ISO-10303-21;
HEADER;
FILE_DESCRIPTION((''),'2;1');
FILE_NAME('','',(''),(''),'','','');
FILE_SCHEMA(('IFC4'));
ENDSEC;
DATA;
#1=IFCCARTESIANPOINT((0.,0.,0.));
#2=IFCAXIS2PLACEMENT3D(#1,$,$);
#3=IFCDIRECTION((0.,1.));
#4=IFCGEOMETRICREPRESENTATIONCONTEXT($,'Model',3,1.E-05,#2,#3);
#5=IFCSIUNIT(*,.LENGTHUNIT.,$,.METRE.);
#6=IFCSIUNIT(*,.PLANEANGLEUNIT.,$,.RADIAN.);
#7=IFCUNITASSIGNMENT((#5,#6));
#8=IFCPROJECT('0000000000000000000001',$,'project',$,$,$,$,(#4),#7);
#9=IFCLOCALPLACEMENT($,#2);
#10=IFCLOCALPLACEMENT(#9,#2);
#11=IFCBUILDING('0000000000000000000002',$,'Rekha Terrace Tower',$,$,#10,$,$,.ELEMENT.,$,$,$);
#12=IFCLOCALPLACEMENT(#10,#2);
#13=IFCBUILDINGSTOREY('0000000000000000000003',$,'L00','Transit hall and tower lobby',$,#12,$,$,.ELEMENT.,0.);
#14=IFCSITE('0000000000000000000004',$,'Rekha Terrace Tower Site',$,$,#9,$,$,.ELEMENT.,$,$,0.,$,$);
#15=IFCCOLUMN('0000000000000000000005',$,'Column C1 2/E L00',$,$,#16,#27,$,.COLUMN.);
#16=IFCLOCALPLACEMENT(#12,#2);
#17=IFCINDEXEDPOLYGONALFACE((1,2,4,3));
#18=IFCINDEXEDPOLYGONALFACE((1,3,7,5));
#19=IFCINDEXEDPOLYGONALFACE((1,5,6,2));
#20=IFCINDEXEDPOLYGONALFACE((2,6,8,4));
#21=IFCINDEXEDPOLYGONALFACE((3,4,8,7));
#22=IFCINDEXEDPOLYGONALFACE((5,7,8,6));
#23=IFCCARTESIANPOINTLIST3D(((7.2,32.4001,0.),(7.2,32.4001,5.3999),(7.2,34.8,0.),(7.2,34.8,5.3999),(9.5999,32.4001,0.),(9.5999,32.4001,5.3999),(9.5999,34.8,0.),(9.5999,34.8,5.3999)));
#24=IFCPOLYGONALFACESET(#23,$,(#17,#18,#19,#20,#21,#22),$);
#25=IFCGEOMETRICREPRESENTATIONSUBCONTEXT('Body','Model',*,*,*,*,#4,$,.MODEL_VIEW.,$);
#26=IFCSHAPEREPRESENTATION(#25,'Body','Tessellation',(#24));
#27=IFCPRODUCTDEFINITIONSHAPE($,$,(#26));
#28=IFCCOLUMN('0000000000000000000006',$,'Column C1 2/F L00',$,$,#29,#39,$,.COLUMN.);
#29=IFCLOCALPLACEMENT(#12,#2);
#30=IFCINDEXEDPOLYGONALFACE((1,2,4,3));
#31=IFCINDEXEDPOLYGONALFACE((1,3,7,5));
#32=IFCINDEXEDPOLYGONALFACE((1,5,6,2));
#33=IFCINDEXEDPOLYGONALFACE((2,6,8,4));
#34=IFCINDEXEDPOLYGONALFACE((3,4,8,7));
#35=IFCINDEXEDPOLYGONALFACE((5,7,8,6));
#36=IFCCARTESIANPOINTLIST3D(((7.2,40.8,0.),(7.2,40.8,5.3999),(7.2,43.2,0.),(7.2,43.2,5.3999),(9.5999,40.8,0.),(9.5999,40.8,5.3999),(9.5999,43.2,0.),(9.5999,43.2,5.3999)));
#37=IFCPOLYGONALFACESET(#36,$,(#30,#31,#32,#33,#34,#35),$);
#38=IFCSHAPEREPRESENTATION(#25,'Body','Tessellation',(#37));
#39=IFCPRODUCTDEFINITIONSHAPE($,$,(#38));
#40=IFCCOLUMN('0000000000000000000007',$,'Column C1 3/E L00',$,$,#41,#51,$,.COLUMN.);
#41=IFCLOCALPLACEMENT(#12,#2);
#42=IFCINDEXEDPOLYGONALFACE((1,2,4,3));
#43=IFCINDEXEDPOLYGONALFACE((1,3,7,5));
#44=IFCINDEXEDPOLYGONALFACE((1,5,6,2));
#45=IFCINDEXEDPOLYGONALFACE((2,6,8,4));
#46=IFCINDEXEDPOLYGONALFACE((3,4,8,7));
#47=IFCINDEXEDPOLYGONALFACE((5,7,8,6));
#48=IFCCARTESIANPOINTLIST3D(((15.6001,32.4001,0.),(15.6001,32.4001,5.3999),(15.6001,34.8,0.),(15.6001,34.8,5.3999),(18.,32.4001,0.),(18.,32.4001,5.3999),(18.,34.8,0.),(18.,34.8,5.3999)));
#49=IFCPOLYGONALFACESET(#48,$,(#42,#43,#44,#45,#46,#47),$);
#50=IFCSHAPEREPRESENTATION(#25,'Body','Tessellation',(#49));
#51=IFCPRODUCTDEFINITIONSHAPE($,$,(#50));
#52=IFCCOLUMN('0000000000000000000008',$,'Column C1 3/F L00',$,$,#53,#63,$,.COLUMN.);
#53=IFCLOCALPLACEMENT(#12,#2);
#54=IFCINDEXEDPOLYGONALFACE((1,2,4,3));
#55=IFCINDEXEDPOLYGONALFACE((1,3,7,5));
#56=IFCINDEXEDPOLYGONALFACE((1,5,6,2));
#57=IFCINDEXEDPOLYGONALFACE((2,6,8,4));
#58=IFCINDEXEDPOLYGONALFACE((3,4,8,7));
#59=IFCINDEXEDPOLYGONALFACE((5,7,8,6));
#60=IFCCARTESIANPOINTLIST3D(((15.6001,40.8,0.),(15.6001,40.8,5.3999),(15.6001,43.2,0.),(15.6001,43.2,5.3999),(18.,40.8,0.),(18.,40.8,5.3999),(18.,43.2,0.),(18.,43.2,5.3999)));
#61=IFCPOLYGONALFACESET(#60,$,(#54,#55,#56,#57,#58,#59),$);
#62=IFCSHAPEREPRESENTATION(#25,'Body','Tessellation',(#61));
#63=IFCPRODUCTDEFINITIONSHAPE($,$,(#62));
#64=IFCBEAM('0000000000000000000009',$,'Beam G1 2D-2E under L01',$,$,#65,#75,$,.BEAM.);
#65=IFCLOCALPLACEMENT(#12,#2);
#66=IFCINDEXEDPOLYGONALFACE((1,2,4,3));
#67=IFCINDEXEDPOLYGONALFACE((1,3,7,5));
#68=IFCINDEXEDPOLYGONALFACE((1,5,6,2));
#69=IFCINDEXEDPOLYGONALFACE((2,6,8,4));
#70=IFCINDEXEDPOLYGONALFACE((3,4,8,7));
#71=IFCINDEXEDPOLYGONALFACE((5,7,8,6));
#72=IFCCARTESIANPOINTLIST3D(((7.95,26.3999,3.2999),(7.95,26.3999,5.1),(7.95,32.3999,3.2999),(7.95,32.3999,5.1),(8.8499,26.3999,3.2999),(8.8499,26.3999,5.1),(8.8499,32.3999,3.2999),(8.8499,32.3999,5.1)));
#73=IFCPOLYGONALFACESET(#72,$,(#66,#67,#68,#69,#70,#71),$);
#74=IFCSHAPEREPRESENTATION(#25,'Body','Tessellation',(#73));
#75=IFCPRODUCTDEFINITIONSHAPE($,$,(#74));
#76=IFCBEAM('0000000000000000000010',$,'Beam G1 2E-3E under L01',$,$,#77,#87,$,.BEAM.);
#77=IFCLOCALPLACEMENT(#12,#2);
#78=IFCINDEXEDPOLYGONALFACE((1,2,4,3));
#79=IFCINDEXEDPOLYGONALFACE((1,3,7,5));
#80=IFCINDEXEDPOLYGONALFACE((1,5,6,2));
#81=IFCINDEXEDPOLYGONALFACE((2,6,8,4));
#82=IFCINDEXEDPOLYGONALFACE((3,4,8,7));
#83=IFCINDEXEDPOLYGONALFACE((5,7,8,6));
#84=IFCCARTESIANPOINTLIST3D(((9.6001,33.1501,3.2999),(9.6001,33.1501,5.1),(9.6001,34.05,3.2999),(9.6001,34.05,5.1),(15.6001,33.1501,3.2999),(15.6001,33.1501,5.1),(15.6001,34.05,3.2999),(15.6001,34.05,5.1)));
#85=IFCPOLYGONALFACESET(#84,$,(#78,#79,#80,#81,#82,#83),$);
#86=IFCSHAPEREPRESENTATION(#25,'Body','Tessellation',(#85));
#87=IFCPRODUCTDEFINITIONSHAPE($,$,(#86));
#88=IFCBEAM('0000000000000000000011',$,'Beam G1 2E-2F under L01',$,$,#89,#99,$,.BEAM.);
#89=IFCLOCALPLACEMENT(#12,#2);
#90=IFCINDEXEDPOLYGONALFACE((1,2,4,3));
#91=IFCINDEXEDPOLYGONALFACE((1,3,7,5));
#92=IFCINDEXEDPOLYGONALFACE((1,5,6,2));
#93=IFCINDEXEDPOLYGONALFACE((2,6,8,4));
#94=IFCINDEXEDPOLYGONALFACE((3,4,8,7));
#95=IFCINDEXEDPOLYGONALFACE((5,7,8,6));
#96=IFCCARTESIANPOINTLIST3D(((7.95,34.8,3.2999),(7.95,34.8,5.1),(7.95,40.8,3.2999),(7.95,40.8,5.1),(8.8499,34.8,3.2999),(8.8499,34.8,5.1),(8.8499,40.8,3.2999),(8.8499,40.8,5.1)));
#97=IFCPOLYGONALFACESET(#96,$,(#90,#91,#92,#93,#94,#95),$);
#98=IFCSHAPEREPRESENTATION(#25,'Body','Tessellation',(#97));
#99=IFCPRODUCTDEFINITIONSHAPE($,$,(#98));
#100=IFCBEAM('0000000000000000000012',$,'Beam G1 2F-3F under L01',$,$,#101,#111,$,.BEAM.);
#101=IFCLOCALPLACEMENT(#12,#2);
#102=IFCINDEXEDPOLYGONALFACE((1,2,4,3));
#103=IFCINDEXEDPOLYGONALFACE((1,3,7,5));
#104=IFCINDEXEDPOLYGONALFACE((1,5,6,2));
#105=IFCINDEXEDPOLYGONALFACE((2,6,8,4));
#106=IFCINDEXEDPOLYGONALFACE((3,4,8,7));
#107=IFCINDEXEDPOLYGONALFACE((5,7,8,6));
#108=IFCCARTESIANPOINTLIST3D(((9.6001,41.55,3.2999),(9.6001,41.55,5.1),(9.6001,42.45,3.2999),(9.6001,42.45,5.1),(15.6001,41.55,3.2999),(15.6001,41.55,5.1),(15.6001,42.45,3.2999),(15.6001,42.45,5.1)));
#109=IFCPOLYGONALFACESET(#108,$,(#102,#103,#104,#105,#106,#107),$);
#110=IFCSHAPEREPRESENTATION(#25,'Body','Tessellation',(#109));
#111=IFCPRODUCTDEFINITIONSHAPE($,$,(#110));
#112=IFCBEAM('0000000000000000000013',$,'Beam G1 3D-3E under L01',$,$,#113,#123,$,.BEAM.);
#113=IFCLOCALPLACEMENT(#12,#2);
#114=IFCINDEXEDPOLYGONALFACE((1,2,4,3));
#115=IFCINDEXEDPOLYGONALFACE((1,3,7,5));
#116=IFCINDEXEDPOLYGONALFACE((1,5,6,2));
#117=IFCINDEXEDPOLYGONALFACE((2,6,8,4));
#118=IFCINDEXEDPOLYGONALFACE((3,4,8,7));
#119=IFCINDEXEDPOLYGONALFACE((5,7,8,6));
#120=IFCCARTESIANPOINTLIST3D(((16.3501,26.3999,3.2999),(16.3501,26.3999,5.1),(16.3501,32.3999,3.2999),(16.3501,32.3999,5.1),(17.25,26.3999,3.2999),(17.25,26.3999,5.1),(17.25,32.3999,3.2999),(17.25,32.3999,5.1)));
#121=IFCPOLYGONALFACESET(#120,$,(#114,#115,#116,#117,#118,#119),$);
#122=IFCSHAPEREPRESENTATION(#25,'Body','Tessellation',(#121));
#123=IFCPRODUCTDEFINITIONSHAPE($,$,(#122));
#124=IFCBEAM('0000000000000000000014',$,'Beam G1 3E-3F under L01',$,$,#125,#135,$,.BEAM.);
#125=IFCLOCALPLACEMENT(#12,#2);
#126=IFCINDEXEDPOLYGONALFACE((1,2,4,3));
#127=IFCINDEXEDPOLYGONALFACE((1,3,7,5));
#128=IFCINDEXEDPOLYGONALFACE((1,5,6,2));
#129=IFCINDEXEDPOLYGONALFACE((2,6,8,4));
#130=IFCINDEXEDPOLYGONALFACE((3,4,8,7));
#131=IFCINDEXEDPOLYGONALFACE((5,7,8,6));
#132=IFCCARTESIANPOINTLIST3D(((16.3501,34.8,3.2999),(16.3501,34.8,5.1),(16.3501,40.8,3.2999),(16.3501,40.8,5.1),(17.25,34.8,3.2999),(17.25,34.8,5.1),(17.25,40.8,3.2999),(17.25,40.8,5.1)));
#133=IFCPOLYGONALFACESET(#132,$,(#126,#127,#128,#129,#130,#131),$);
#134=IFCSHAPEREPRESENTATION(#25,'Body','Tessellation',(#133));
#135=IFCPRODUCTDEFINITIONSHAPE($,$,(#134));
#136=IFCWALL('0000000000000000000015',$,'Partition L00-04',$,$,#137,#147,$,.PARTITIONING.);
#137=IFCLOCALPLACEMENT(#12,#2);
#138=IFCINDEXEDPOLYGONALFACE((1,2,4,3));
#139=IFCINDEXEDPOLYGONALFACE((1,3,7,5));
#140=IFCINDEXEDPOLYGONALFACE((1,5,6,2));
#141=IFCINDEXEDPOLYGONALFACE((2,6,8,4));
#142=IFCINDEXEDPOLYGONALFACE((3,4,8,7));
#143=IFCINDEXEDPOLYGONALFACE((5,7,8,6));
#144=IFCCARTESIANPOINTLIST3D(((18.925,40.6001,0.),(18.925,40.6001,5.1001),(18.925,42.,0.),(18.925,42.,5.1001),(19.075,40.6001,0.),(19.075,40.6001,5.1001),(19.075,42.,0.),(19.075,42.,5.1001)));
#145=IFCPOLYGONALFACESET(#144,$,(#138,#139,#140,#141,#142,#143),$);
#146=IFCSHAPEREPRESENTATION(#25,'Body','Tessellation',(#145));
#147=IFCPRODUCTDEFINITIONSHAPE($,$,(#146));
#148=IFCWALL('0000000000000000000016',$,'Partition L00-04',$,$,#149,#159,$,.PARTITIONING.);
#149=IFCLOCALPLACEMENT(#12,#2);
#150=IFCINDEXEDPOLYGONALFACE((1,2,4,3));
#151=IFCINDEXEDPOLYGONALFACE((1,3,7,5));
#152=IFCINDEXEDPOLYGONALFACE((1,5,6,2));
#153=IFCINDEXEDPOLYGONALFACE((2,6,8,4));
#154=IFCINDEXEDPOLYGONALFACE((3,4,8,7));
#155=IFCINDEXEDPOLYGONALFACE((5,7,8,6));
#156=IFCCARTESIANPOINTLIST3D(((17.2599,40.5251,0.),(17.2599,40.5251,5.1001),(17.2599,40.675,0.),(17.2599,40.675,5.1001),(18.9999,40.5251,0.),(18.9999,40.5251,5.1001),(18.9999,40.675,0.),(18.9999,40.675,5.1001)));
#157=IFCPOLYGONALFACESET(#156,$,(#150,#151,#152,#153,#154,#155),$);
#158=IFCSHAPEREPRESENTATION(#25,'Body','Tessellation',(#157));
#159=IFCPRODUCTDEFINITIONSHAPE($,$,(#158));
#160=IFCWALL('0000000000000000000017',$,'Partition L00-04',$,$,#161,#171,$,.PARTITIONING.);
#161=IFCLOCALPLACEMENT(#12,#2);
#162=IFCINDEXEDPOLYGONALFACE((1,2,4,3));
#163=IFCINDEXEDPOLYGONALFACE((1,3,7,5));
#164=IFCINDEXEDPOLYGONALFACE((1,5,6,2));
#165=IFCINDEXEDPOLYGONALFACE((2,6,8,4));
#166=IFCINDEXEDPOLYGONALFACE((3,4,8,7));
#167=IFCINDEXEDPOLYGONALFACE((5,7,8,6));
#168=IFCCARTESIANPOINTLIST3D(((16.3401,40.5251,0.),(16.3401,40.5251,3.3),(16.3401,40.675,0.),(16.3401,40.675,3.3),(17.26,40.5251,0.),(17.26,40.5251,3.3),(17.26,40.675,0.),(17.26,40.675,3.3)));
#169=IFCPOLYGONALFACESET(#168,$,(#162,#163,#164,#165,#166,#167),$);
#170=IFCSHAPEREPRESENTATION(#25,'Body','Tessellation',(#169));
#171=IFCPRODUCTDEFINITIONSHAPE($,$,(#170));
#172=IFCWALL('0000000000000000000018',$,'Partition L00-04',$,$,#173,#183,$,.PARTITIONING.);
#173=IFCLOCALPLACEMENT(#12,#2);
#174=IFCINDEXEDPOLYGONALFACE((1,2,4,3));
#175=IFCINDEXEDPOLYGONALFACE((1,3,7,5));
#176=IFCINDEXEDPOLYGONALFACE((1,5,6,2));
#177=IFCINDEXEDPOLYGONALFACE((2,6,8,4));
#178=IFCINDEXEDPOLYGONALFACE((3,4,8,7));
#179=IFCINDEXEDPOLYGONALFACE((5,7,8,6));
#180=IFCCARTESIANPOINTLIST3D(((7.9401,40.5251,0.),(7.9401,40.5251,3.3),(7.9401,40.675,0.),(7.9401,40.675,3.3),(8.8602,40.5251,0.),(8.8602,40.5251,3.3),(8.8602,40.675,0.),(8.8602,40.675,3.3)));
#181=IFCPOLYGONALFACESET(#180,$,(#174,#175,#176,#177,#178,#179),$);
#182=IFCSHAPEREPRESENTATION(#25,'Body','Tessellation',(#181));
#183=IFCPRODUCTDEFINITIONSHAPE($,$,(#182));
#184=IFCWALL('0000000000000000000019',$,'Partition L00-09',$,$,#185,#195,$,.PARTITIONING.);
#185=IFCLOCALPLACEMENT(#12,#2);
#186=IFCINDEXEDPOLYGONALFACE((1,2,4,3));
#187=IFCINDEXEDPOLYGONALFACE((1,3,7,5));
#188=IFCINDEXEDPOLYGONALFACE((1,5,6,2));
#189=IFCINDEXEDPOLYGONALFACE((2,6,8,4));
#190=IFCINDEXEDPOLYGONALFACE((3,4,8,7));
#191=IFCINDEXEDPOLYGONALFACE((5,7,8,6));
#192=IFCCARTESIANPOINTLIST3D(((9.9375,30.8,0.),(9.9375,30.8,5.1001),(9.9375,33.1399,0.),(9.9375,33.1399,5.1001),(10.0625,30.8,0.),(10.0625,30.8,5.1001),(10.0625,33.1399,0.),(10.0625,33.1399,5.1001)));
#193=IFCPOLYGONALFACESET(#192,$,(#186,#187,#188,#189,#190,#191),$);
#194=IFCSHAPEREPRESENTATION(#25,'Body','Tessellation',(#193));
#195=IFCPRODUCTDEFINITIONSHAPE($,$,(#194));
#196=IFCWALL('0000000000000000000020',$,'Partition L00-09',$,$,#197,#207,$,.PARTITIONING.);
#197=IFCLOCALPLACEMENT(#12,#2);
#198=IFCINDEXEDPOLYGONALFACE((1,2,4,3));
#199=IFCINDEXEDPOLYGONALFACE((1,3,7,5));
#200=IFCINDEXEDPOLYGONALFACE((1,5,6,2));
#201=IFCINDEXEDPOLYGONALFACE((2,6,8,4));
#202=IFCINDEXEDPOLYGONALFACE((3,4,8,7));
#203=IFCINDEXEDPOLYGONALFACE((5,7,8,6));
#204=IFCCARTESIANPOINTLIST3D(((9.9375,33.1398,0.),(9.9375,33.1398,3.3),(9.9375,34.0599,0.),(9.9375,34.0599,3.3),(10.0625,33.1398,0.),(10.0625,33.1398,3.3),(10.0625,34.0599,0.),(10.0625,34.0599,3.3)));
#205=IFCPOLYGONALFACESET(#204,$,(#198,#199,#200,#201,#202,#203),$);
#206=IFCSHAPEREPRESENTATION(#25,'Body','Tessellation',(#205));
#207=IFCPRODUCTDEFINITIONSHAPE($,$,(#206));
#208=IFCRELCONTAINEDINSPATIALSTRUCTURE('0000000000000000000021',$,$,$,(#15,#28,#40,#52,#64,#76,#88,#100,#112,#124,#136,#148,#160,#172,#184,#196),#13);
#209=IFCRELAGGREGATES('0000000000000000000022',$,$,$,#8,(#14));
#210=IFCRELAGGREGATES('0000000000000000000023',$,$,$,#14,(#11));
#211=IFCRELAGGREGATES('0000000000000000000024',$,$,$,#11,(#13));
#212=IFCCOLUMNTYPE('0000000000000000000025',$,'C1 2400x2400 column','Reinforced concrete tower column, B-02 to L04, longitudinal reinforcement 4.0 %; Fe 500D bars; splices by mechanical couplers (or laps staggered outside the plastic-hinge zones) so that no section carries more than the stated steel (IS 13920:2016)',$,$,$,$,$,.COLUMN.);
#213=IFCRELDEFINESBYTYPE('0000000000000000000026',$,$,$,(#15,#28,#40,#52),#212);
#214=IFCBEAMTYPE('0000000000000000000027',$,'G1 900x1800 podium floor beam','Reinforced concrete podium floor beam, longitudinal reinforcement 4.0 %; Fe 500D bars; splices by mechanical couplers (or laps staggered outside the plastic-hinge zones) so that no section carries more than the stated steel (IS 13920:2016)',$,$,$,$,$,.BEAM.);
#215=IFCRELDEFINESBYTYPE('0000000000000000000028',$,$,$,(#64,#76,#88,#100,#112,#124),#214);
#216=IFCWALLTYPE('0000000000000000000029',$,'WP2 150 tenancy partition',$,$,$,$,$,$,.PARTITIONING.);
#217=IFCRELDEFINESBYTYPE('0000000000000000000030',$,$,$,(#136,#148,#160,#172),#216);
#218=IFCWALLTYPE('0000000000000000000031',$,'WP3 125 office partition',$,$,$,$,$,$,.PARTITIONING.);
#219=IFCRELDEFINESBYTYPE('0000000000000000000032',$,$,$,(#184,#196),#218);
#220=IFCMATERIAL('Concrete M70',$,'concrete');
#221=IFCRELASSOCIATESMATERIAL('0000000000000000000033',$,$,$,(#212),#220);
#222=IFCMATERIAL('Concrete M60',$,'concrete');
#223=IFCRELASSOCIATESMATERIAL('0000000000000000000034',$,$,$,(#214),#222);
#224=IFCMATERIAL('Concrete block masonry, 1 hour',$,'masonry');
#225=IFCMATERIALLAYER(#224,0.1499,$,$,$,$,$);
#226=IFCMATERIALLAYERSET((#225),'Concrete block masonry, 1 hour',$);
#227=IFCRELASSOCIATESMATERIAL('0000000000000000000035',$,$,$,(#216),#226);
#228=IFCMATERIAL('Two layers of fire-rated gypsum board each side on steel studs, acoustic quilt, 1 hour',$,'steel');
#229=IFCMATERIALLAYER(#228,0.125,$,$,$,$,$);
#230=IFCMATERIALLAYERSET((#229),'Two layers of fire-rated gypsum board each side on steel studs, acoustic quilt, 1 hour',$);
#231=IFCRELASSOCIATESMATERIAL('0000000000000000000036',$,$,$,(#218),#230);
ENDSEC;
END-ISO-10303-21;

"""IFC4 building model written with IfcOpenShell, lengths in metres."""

from ifc_helpers import new_model, si_unit, direction, frame, frame_2d, origin, origin_2d, place, context, subcontext, project, spatial, rectangle, extrude, material, layer, layer_set, material_profile, profile_set, type_object, element, save


model = new_model("IFC4")

# Units and contexts
model_context = context("Model", 3, precision=1e-05, world=origin(), true_north=direction((0.0, 1.0)))
body_context = subcontext(model_context, "Body", "Model", "MODEL_VIEW")
ifc_project = project(units=[si_unit("LENGTHUNIT", "METRE"), si_unit("PLANEANGLEUNIT", "RADIAN")], contexts=[model_context])

# Site, building, storey
site_placement = place(None, origin())
site = spatial("IfcSite", under=ifc_project, at=site_placement, Name="Rekha Terrace Tower Site", CompositionType="ELEMENT", RefElevation=0.0)
building_placement = place(site_placement, origin())
building = spatial("IfcBuilding", under=site, at=building_placement, Name="Rekha Terrace Tower", CompositionType="ELEMENT")
storey_placement = place(building_placement, origin())
storey = spatial("IfcBuildingStorey", under=building, at=storey_placement, Name="L00", Description="Transit hall and tower lobby", CompositionType="ELEMENT", Elevation=0.0)

# Columns
ifc_material_1 = material(Name="Concrete M70", Category="concrete")
ifc_material_profile_1 = material_profile(ifc_material_1, rectangle(XDim=2.3999, YDim=2.3999, at=origin_2d()), Name="RC 2400x2400")
ifc_profile_set_1 = profile_set([ifc_material_profile_1], Name="Concrete M70")
column_type = type_object("IfcColumnType", Name="C1 2400x2400 column", Description="Reinforced concrete tower column, B-02 to L04, longitudinal reinforcement 4.0 %; Fe 500D bars; splices by mechanical couplers (or laps staggered outside the plastic-hinge zones) so that no section carries more than the stated steel (IS 13920:2016)", PredefinedType="COLUMN", material=ifc_profile_set_1)
for number, where, z_axis, x_axis, name in (
    (1, (8.3999, 33.6001, 0.0), (0.0, 0.0, 1.0), (1.0, 0.0, 0.0), "Column C1 2/E L00"),
    (2, (8.3999, 42.0, 0.0), (0.0, 0.0, 1.0), (1.0, 0.0, 0.0), "Column C1 2/F L00"),
    (3, (16.8, 33.6001, 0.0), (0.0, 0.0, 1.0), (1.0, 0.0, 0.0), "Column C1 3/E L00"),
    (4, (16.8, 42.0, 0.0), (0.0, 0.0, 1.0), (1.0, 0.0, 0.0), "Column C1 3/F L00"),
):
    element("IfcColumn", number, at=place(storey_placement, frame(where, z_axis=z_axis, x_axis=x_axis)), inside=storey, type_object=column_type, Name=name, PredefinedType="COLUMN", context=body_context, shape_type="SweptSolid", body=[
        extrude(rectangle(XDim=2.3999, YDim=2.3999, at=origin_2d()), origin(), (0.0, 0.0, 1.0), 5.3999),
    ])

# Beams
ifc_material_2 = material(Name="Concrete M60", Category="concrete")
ifc_material_profile_2 = material_profile(ifc_material_2, rectangle(XDim=0.8999, YDim=1.8, at=origin_2d()), Name="RC 900x1800")
ifc_profile_set_2 = profile_set([ifc_material_profile_2], Name="Concrete M60")
beam_type = type_object("IfcBeamType", Name="G1 900x1800 podium floor beam", Description="Reinforced concrete podium floor beam, longitudinal reinforcement 4.0 %; Fe 500D bars; splices by mechanical couplers (or laps staggered outside the plastic-hinge zones) so that no section carries more than the stated steel (IS 13920:2016)", PredefinedType="BEAM", material=ifc_profile_set_2)
for number, where, z_axis, x_axis, name in (
    (5, (8.3999, 26.3999, 4.2), (0.0, 1.0, 0.0), (-1.0, 0.0, 0.0), "Beam G1 2D-2E under L01"),
    (6, (9.6001, 33.6001, 4.2), (1.0, 0.0, 0.0), (0.0, 1.0, 0.0), "Beam G1 2E-3E under L01"),
    (7, (8.3999, 34.8, 4.2), (0.0, 1.0, 0.0), (-1.0, 0.0, 0.0), "Beam G1 2E-2F under L01"),
    (8, (9.6001, 42.0, 4.2), (1.0, 0.0, 0.0), (0.0, 1.0, 0.0), "Beam G1 2F-3F under L01"),
    (9, (16.8, 26.3999, 4.2), (0.0, 1.0, 0.0), (-1.0, 0.0, 0.0), "Beam G1 3D-3E under L01"),
    (10, (16.8, 34.8, 4.2), (0.0, 1.0, 0.0), (-1.0, 0.0, 0.0), "Beam G1 3E-3F under L01"),
):
    element("IfcBeam", number, at=place(storey_placement, frame(where, z_axis=z_axis, x_axis=x_axis)), inside=storey, type_object=beam_type, Name=name, PredefinedType="BEAM", context=body_context, shape_type="SweptSolid", body=[
        extrude(rectangle(XDim=0.8999, YDim=1.8, at=origin_2d()), origin(), (0.0, 0.0, 1.0), 6.0),
    ])

# Walls
ifc_material_3 = material(Name="Concrete block masonry, 1 hour", Category="masonry")
ifc_layer_1 = layer(ifc_material_3, 0.1499)
ifc_layer_set_1 = layer_set([ifc_layer_1], Name="Concrete block masonry, 1 hour")
wall_type_1 = type_object("IfcWallType", Name="WP2 150 tenancy partition", PredefinedType="PARTITIONING", material=ifc_layer_set_1)
wall_1_placement = place(storey_placement, frame((19.0, 42.0, 0.0), z_axis=(0.0, 0.0, 1.0), x_axis=(0.0, -1.0, 0.0)))
element("IfcWall", 11, at=wall_1_placement, inside=storey, type_object=wall_type_1, Name="Partition L00-04", PredefinedType="PARTITIONING", context=body_context, shape_type="SweptSolid", body=[
    extrude(rectangle(XDim=1.3999, YDim=0.1499, at=frame_2d((0.7, 0.0))), origin(), (0.0, 0.0, 1.0), 5.1001),
])
wall_2_placement = place(storey_placement, frame((19.0, 40.6001, 0.0), z_axis=(0.0, 0.0, 1.0), x_axis=(-1.0, 0.0, 0.0)))
element("IfcWall", 12, at=wall_2_placement, inside=storey, type_object=wall_type_1, Name="Partition L00-04", PredefinedType="PARTITIONING", context=body_context, shape_type="SweptSolid", body=[
    extrude(rectangle(XDim=1.74, YDim=0.1499, at=frame_2d((0.8701, 0.0))), origin(), (0.0, 0.0, 1.0), 5.1001),
])
wall_3_placement = place(storey_placement, frame((17.26, 40.6001, 0.0), z_axis=(0.0, 0.0, 1.0), x_axis=(-1.0, 0.0, 0.0)))
element("IfcWall", 13, at=wall_3_placement, inside=storey, type_object=wall_type_1, Name="Partition L00-04", PredefinedType="PARTITIONING", context=body_context, shape_type="SweptSolid", body=[
    extrude(rectangle(XDim=0.9199, YDim=0.1499, at=frame_2d((0.46, 0.0))), origin(), (0.0, 0.0, 1.0), 3.3),
])

# Wall
wall_4_placement = place(storey_placement, frame((8.8601, 40.6001, 0.0), z_axis=(0.0, 0.0, 1.0), x_axis=(-1.0, 0.0, 0.0)))
element("IfcWall", 14, at=wall_4_placement, inside=storey, type_object=wall_type_1, Name="Partition L00-04", PredefinedType="PARTITIONING", context=body_context, shape_type="SweptSolid", body=[
    extrude(rectangle(XDim=0.9202, YDim=0.1499, at=frame_2d((0.46, 0.0))), origin(), (0.0, 0.0, 1.0), 3.3),
])

# Walls
ifc_material_4 = material(Name="Two layers of fire-rated gypsum board each side on steel studs, acoustic quilt, 1 hour", Category="steel")
ifc_layer_2 = layer(ifc_material_4, 0.125)
ifc_layer_set_2 = layer_set([ifc_layer_2], Name="Two layers of fire-rated gypsum board each side on steel studs, acoustic quilt, 1 hour")
wall_type_2 = type_object("IfcWallType", Name="WP3 125 office partition", PredefinedType="PARTITIONING", material=ifc_layer_set_2)
wall_5_placement = place(storey_placement, frame((10.0, 30.8, 0.0), z_axis=(0.0, 0.0, 1.0), x_axis=(0.0, 1.0, 0.0)))
element("IfcWall", 15, at=wall_5_placement, inside=storey, type_object=wall_type_2, Name="Partition L00-09", PredefinedType="PARTITIONING", context=body_context, shape_type="SweptSolid", body=[
    extrude(rectangle(XDim=2.3398, YDim=0.125, at=frame_2d((1.1699, 0.0))), origin(), (0.0, 0.0, 1.0), 5.1001),
])
wall_6_placement = place(storey_placement, frame((10.0, 33.1399, 0.0), z_axis=(0.0, 0.0, 1.0), x_axis=(0.0, 1.0, 0.0)))
element("IfcWall", 16, at=wall_6_placement, inside=storey, type_object=wall_type_2, Name="Partition L00-09", PredefinedType="PARTITIONING", context=body_context, shape_type="SweptSolid", body=[
    extrude(rectangle(XDim=0.9202, YDim=0.125, at=frame_2d((0.46, 0.0))), origin(), (0.0, 0.0, 1.0), 3.3),
])

save(model, "model.ifc")
